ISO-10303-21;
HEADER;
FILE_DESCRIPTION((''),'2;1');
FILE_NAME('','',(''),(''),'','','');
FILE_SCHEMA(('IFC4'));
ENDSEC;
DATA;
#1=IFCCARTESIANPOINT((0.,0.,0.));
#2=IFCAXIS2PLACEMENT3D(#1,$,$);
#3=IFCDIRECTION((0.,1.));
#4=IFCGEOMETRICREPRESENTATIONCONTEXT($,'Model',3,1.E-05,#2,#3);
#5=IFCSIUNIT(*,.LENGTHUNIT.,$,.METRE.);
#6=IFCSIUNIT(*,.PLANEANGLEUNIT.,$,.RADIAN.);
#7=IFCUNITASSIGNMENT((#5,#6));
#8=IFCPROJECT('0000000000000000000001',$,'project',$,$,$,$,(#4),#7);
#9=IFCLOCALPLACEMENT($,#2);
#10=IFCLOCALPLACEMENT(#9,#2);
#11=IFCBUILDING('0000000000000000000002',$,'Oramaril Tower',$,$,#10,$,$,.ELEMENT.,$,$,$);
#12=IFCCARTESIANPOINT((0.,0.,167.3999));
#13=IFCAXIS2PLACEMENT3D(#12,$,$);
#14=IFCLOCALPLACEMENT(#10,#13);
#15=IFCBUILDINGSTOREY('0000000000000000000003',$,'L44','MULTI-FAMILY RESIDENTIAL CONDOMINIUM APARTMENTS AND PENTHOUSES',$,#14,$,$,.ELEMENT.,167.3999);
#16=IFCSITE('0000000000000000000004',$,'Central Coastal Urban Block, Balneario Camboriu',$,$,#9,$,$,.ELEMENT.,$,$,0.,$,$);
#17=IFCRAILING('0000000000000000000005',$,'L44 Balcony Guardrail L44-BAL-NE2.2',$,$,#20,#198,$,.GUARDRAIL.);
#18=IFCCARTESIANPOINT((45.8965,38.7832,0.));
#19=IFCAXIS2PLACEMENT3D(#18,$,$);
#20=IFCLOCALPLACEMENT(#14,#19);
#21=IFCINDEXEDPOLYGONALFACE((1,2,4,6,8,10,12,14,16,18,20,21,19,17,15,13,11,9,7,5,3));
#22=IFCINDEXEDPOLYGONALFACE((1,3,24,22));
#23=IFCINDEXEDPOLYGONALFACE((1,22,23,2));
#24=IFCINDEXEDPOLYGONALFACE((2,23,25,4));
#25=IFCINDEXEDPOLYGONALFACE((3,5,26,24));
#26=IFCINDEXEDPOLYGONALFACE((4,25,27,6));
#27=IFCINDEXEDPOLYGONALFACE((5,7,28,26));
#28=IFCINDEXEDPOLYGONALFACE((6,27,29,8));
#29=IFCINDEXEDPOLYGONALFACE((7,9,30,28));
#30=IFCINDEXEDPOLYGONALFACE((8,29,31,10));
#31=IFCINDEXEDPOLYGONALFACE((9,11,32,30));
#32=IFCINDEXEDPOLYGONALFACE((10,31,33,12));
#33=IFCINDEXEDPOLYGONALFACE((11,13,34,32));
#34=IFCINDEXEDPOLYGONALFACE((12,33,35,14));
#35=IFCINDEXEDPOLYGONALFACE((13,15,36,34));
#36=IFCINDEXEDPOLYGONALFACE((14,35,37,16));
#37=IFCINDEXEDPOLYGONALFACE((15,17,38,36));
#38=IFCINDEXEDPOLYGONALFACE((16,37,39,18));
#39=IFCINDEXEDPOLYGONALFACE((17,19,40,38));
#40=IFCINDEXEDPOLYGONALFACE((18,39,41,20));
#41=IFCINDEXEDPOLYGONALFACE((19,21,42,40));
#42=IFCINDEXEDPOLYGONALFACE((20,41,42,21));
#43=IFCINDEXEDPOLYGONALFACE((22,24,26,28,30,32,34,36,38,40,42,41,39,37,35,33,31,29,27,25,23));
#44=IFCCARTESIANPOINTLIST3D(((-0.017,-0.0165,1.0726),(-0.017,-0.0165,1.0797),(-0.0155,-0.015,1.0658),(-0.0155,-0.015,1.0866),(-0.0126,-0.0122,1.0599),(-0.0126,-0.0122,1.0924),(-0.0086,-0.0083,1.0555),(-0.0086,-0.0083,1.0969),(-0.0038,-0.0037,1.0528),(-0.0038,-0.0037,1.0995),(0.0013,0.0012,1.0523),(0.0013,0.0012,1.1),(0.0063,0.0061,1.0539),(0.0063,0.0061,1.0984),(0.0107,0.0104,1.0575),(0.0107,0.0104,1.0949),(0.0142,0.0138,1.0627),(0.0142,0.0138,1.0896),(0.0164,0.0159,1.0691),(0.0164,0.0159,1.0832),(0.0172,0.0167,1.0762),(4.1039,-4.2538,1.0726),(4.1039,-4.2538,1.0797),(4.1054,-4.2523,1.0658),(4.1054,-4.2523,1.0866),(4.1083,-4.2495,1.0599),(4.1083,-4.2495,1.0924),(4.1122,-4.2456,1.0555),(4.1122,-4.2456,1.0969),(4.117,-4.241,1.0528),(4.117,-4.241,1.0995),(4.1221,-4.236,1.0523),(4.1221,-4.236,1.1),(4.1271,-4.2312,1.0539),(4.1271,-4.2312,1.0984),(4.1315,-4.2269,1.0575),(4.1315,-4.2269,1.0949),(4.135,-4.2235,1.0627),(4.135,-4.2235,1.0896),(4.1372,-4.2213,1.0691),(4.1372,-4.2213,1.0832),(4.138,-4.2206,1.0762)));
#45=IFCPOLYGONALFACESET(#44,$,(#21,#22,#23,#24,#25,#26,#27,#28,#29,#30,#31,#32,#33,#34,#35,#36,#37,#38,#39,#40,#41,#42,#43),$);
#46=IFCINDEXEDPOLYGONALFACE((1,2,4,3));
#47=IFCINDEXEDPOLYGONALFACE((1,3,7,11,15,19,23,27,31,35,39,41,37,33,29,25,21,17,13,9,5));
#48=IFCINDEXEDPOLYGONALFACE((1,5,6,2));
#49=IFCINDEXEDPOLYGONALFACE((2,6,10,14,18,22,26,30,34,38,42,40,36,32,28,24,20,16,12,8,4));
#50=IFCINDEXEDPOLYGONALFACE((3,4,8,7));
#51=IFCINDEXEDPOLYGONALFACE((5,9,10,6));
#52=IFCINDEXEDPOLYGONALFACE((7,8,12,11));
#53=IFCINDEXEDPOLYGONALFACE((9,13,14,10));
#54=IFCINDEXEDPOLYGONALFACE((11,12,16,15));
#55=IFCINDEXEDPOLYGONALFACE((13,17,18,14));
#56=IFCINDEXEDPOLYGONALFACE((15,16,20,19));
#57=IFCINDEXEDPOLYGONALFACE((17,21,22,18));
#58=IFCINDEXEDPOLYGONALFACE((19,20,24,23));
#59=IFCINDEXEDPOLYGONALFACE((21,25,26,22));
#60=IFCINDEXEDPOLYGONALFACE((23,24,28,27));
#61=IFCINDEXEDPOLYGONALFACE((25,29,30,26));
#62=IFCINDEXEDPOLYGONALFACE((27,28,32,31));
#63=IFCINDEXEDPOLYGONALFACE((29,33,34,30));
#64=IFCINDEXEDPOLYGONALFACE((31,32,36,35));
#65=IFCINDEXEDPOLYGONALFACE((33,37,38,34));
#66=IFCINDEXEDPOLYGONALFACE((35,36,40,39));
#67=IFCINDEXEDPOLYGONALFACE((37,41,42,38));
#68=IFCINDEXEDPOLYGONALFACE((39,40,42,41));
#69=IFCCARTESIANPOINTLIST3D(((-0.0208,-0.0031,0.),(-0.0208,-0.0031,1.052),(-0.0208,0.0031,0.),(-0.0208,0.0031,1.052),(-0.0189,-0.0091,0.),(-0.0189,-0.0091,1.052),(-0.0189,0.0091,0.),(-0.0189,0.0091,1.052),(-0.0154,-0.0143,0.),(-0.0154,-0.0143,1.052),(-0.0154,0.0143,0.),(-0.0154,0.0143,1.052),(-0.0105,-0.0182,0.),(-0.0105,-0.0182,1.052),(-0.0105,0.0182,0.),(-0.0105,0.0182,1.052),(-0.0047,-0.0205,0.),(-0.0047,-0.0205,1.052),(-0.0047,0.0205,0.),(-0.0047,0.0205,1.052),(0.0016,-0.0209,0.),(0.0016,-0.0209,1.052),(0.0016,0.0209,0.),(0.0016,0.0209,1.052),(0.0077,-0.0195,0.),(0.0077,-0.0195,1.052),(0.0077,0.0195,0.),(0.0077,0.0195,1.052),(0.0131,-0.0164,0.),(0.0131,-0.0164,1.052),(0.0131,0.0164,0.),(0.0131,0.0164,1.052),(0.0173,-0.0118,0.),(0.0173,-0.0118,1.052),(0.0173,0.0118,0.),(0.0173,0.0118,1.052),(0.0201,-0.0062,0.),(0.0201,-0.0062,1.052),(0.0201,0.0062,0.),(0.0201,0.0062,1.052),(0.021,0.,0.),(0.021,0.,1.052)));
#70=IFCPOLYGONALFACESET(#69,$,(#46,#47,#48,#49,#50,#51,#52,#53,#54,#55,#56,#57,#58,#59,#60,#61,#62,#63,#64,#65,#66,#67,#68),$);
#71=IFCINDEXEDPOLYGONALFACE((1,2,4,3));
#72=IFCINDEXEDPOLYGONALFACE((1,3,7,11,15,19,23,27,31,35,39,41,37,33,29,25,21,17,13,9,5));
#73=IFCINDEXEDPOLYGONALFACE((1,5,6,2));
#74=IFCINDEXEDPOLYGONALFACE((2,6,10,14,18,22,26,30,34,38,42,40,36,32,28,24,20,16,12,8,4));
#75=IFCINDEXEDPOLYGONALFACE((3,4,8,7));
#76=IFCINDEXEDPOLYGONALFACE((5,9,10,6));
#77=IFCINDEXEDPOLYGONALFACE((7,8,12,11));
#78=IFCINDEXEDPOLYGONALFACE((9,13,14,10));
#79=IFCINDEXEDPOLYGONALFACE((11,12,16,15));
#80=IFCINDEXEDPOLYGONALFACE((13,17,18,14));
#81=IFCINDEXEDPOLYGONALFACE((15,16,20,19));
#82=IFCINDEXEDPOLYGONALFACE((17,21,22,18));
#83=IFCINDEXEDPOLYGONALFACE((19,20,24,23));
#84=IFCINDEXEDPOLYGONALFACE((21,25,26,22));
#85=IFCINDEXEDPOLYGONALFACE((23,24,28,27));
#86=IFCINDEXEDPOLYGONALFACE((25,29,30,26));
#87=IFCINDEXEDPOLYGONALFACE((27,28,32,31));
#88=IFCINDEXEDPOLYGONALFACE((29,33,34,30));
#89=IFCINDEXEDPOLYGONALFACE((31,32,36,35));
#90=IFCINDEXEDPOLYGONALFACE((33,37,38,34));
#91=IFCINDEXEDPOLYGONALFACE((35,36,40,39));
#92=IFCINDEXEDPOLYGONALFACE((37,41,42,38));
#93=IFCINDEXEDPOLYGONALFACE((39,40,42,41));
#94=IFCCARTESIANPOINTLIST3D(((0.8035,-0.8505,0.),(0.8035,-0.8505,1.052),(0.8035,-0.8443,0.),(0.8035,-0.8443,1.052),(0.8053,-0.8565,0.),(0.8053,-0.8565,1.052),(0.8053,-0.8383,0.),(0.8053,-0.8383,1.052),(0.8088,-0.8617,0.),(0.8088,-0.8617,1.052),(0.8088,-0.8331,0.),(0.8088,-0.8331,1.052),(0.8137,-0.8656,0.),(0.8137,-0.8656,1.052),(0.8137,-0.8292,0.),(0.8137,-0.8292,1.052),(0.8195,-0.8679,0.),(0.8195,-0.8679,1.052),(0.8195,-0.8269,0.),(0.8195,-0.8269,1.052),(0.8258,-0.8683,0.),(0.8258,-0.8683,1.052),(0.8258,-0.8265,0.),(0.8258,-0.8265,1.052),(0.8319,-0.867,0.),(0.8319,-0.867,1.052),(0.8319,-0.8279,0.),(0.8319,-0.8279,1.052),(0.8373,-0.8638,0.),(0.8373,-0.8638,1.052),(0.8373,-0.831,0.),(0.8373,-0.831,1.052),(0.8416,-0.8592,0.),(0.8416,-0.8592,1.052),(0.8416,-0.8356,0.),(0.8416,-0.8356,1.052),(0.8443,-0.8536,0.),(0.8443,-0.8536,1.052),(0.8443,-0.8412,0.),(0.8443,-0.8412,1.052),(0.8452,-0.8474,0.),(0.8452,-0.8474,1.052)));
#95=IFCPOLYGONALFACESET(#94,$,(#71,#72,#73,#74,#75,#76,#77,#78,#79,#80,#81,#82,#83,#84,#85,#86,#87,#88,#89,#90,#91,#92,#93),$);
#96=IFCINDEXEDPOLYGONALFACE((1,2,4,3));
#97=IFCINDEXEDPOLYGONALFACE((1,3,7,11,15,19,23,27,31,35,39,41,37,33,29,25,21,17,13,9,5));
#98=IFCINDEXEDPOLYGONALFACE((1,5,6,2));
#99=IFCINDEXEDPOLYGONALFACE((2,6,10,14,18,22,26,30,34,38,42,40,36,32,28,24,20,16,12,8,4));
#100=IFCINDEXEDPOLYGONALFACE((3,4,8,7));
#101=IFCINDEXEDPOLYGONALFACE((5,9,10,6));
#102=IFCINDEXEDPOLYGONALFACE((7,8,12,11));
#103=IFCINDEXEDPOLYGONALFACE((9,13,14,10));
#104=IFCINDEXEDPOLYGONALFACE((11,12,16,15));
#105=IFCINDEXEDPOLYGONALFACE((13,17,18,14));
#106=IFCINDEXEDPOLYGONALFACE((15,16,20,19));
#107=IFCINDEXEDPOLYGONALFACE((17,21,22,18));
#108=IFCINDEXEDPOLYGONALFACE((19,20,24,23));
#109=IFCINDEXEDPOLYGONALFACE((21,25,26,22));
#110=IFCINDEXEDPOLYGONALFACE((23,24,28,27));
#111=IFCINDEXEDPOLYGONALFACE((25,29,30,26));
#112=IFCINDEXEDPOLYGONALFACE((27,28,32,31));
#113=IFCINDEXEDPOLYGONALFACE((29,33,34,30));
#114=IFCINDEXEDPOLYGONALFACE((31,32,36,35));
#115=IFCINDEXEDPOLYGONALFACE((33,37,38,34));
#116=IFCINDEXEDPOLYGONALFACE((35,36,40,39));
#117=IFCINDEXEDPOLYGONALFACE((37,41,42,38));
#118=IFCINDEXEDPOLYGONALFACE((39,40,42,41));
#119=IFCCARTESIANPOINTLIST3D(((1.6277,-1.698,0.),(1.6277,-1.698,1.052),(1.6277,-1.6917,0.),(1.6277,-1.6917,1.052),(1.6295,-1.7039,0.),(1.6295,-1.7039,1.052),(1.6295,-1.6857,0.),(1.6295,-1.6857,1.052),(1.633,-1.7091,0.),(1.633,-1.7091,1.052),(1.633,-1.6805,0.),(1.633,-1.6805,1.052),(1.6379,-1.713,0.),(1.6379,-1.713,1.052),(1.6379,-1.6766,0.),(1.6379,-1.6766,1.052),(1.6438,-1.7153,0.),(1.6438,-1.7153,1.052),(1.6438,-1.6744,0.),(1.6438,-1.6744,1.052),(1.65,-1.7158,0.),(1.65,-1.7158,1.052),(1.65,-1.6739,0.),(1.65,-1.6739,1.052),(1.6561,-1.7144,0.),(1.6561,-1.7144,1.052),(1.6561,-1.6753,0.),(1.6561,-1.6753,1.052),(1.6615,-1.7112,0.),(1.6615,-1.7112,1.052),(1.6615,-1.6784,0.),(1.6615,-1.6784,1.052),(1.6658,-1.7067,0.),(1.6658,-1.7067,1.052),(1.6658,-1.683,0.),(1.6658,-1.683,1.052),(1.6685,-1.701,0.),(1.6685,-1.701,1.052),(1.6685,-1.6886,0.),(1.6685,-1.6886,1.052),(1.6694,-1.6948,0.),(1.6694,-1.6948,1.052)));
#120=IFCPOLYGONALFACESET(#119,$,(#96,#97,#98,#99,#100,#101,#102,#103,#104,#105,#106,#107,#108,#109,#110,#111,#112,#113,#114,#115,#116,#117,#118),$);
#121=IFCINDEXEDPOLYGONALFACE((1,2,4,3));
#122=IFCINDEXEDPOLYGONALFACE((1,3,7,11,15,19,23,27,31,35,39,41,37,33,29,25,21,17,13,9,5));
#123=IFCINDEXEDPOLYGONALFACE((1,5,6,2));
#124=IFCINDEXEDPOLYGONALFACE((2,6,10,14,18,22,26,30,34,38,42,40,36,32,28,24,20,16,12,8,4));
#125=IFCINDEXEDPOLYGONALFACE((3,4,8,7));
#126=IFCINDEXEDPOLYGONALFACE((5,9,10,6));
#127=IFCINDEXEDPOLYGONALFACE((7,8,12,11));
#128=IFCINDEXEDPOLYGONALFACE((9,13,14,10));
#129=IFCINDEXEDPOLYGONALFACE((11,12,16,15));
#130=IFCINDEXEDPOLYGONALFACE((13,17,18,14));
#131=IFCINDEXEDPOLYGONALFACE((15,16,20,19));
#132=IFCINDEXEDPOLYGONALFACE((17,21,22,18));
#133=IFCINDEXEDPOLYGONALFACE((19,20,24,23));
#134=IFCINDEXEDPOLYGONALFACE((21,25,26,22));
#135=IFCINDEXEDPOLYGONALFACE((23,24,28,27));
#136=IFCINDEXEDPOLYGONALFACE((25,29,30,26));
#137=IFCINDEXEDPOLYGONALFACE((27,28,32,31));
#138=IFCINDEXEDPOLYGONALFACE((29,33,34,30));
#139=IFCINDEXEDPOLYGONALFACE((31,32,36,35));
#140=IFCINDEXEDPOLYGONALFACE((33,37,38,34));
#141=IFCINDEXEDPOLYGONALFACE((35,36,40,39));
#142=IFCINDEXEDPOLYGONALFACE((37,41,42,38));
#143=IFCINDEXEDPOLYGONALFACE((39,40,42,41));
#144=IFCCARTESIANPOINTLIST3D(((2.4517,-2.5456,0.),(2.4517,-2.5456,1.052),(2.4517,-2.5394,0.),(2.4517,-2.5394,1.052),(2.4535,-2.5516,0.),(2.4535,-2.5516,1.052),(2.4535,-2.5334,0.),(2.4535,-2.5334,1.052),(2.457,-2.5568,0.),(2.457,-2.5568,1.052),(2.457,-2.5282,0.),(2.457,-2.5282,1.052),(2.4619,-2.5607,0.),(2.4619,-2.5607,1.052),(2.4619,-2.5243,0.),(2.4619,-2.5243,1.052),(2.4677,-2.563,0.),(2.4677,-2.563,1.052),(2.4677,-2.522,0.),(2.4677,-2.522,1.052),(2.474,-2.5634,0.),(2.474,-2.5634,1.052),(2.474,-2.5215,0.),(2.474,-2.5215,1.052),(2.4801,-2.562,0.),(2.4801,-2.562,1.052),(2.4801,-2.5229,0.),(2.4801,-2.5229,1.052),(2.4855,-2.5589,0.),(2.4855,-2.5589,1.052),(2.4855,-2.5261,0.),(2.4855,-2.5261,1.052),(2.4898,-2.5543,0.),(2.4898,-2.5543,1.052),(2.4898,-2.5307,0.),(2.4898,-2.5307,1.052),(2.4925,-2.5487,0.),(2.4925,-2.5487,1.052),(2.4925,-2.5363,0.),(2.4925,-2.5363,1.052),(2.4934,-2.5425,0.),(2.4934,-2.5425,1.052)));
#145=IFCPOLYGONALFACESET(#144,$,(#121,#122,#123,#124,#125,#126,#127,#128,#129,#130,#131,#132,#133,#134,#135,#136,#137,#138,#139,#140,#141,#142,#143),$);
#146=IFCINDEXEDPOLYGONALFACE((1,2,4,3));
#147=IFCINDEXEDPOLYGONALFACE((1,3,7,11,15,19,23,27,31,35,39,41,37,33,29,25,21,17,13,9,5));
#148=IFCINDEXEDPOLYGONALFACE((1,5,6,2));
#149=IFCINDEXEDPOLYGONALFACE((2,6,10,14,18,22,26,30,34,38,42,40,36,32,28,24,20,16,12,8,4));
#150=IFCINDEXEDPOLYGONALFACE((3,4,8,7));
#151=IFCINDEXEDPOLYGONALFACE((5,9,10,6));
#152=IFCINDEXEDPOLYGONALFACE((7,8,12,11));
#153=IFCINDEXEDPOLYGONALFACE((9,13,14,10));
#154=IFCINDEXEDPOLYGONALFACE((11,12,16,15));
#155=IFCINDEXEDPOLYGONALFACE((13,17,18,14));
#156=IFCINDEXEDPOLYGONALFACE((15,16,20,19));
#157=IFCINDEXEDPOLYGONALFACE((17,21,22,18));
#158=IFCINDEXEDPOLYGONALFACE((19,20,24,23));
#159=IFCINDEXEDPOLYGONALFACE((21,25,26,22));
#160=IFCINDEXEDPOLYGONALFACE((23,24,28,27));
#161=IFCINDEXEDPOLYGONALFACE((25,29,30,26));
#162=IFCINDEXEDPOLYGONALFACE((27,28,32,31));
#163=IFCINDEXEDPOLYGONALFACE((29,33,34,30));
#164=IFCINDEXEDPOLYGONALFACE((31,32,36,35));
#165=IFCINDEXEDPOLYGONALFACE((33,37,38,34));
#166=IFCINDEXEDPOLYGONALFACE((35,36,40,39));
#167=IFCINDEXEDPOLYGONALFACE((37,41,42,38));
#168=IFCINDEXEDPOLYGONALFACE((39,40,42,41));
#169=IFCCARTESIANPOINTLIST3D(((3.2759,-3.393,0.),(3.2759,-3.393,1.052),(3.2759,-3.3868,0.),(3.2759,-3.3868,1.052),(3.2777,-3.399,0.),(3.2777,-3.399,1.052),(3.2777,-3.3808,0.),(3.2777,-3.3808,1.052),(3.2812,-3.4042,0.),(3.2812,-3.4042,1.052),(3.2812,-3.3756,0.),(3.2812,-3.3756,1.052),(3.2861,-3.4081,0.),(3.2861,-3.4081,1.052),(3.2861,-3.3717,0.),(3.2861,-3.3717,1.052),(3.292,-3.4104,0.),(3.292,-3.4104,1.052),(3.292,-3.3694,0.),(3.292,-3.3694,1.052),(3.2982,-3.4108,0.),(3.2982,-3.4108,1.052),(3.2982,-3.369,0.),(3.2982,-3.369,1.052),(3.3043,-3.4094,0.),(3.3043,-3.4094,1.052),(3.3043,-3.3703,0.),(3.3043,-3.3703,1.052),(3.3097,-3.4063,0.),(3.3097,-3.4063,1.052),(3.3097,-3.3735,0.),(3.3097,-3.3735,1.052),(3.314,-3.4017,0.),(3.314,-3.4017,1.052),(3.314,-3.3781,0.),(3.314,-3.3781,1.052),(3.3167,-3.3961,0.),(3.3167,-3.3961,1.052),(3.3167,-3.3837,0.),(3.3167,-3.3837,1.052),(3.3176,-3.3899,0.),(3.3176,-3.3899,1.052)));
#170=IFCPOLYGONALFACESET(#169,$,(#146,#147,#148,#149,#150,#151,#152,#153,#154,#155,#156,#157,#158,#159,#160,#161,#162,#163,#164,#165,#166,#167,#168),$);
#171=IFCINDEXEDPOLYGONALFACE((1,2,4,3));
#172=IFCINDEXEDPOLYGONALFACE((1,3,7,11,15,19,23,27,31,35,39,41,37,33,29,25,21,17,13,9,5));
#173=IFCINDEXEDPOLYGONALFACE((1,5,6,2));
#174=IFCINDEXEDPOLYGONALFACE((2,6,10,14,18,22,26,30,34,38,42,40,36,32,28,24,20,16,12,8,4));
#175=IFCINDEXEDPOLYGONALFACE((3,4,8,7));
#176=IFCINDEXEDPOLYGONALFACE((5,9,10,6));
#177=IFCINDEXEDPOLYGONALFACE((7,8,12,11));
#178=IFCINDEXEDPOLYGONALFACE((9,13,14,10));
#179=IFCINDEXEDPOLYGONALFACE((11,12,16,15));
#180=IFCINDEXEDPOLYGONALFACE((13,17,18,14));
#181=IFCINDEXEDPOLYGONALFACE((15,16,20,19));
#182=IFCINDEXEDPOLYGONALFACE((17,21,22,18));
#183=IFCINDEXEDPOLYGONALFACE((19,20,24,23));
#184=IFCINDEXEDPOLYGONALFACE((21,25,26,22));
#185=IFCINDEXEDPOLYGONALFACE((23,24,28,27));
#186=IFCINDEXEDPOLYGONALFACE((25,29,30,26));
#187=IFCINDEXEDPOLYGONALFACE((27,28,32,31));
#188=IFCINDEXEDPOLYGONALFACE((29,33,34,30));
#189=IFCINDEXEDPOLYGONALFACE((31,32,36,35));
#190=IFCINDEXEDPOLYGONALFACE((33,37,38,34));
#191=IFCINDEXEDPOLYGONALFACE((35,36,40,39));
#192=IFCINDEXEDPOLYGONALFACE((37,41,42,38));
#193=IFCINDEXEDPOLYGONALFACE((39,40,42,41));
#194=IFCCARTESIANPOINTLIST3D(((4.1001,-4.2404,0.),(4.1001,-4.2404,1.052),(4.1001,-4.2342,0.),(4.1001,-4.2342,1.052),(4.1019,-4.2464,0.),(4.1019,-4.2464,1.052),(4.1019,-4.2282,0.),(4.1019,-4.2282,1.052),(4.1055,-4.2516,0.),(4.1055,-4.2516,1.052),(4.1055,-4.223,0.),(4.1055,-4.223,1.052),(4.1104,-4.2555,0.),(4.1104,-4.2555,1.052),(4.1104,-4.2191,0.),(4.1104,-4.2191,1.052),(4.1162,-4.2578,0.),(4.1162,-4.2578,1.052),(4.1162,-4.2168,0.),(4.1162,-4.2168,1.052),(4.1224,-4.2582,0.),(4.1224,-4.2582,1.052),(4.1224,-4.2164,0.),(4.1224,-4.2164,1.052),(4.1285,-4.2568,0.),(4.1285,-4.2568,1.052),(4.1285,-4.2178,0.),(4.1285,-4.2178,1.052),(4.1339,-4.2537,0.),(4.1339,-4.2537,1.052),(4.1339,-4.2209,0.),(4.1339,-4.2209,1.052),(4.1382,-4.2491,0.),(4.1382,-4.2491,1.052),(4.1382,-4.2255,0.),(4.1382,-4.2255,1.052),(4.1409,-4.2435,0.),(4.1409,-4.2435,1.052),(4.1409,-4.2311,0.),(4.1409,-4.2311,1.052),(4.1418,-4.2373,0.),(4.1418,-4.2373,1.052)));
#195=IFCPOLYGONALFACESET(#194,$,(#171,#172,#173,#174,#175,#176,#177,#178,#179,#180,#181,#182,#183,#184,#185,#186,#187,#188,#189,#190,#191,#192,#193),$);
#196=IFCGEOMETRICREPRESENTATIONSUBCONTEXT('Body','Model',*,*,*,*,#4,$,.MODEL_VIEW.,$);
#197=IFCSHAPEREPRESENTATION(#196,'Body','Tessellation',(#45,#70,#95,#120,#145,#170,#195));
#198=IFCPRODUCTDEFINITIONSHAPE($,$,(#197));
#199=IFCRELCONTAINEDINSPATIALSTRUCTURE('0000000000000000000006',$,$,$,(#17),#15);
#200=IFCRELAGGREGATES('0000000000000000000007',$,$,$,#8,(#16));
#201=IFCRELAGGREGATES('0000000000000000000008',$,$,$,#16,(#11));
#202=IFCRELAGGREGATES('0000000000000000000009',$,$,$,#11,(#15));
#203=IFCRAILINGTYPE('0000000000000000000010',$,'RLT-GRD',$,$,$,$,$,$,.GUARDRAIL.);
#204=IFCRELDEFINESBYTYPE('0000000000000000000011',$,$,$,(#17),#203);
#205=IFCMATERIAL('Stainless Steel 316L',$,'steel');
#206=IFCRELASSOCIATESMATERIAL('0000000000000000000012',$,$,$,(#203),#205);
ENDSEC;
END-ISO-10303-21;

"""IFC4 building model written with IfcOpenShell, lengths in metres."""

from ifc_helpers import new_model, si_unit, direction, frame, origin, origin_2d, place, context, subcontext, project, spatial, circle, extrude, material, type_object, element, save


model = new_model("IFC4")

# Units and contexts
model_context = context("Model", 3, precision=1e-05, world=origin(), true_north=direction((0.0, 1.0)))
body_context = subcontext(model_context, "Body", "Model", "MODEL_VIEW")
ifc_project = project(units=[si_unit("LENGTHUNIT", "METRE"), si_unit("PLANEANGLEUNIT", "RADIAN")], contexts=[model_context])

# Site, building, storey
site_placement = place(None, origin())
site = spatial("IfcSite", under=ifc_project, at=site_placement, Name="Central Coastal Urban Block, Balneario Camboriu", CompositionType="ELEMENT", RefElevation=0.0)
building_placement = place(site_placement, origin())
building = spatial("IfcBuilding", under=site, at=building_placement, Name="Oramaril Tower", CompositionType="ELEMENT")
storey_placement = place(building_placement, frame((0.0, 0.0, 167.3999)))
storey = spatial("IfcBuildingStorey", under=building, at=storey_placement, Name="L44", Description="MULTI-FAMILY RESIDENTIAL CONDOMINIUM APARTMENTS AND PENTHOUSES", CompositionType="ELEMENT", Elevation=167.3999)

# Railing
ifc_material_1 = material(Name="Stainless Steel 316L", Category="steel")
railing_type = type_object("IfcRailingType", Name="RLT-GRD", PredefinedType="GUARDRAIL", material=ifc_material_1)
railing_1_placement = place(storey_placement, frame((45.8965, 38.7832, 0.0)))
element("IfcRailing", 1, at=railing_1_placement, inside=storey, type_object=railing_type, Name="L44 Balcony Guardrail L44-BAL-NE2.2", PredefinedType="GUARDRAIL", context=body_context, shape_type="SweptSolid", body=[
    extrude(circle(Radius=0.0239, at=origin_2d()), frame((0.0, 0.0, 1.0762), z_axis=(0.697187, -0.716889, 0.0), x_axis=(0.716889, 0.697187, 0.0)), (0.0, 0.0, 1.0), 5.9106),
    extrude(circle(Radius=0.021, at=origin_2d()), origin(), (0.0, 0.0, 1.0), 1.052),
    extrude(circle(Radius=0.021, at=origin_2d()), frame((0.8242, -0.8474, 0.0)), (0.0, 0.0, 1.0), 1.052),
    extrude(circle(Radius=0.021, at=origin_2d()), frame((1.6484, -1.6948, 0.0)), (0.0, 0.0, 1.0), 1.052),
    extrude(circle(Radius=0.021, at=origin_2d()), frame((2.4724, -2.5425, 0.0)), (0.0, 0.0, 1.0), 1.052),
    extrude(circle(Radius=0.021, at=origin_2d()), frame((3.2966, -3.3899, 0.0)), (0.0, 0.0, 1.0), 1.052),
    extrude(circle(Radius=0.021, at=origin_2d()), frame((4.1208, -4.2373, 0.0)), (0.0, 0.0, 1.0), 1.052),
])

save(model, "model.ifc")
